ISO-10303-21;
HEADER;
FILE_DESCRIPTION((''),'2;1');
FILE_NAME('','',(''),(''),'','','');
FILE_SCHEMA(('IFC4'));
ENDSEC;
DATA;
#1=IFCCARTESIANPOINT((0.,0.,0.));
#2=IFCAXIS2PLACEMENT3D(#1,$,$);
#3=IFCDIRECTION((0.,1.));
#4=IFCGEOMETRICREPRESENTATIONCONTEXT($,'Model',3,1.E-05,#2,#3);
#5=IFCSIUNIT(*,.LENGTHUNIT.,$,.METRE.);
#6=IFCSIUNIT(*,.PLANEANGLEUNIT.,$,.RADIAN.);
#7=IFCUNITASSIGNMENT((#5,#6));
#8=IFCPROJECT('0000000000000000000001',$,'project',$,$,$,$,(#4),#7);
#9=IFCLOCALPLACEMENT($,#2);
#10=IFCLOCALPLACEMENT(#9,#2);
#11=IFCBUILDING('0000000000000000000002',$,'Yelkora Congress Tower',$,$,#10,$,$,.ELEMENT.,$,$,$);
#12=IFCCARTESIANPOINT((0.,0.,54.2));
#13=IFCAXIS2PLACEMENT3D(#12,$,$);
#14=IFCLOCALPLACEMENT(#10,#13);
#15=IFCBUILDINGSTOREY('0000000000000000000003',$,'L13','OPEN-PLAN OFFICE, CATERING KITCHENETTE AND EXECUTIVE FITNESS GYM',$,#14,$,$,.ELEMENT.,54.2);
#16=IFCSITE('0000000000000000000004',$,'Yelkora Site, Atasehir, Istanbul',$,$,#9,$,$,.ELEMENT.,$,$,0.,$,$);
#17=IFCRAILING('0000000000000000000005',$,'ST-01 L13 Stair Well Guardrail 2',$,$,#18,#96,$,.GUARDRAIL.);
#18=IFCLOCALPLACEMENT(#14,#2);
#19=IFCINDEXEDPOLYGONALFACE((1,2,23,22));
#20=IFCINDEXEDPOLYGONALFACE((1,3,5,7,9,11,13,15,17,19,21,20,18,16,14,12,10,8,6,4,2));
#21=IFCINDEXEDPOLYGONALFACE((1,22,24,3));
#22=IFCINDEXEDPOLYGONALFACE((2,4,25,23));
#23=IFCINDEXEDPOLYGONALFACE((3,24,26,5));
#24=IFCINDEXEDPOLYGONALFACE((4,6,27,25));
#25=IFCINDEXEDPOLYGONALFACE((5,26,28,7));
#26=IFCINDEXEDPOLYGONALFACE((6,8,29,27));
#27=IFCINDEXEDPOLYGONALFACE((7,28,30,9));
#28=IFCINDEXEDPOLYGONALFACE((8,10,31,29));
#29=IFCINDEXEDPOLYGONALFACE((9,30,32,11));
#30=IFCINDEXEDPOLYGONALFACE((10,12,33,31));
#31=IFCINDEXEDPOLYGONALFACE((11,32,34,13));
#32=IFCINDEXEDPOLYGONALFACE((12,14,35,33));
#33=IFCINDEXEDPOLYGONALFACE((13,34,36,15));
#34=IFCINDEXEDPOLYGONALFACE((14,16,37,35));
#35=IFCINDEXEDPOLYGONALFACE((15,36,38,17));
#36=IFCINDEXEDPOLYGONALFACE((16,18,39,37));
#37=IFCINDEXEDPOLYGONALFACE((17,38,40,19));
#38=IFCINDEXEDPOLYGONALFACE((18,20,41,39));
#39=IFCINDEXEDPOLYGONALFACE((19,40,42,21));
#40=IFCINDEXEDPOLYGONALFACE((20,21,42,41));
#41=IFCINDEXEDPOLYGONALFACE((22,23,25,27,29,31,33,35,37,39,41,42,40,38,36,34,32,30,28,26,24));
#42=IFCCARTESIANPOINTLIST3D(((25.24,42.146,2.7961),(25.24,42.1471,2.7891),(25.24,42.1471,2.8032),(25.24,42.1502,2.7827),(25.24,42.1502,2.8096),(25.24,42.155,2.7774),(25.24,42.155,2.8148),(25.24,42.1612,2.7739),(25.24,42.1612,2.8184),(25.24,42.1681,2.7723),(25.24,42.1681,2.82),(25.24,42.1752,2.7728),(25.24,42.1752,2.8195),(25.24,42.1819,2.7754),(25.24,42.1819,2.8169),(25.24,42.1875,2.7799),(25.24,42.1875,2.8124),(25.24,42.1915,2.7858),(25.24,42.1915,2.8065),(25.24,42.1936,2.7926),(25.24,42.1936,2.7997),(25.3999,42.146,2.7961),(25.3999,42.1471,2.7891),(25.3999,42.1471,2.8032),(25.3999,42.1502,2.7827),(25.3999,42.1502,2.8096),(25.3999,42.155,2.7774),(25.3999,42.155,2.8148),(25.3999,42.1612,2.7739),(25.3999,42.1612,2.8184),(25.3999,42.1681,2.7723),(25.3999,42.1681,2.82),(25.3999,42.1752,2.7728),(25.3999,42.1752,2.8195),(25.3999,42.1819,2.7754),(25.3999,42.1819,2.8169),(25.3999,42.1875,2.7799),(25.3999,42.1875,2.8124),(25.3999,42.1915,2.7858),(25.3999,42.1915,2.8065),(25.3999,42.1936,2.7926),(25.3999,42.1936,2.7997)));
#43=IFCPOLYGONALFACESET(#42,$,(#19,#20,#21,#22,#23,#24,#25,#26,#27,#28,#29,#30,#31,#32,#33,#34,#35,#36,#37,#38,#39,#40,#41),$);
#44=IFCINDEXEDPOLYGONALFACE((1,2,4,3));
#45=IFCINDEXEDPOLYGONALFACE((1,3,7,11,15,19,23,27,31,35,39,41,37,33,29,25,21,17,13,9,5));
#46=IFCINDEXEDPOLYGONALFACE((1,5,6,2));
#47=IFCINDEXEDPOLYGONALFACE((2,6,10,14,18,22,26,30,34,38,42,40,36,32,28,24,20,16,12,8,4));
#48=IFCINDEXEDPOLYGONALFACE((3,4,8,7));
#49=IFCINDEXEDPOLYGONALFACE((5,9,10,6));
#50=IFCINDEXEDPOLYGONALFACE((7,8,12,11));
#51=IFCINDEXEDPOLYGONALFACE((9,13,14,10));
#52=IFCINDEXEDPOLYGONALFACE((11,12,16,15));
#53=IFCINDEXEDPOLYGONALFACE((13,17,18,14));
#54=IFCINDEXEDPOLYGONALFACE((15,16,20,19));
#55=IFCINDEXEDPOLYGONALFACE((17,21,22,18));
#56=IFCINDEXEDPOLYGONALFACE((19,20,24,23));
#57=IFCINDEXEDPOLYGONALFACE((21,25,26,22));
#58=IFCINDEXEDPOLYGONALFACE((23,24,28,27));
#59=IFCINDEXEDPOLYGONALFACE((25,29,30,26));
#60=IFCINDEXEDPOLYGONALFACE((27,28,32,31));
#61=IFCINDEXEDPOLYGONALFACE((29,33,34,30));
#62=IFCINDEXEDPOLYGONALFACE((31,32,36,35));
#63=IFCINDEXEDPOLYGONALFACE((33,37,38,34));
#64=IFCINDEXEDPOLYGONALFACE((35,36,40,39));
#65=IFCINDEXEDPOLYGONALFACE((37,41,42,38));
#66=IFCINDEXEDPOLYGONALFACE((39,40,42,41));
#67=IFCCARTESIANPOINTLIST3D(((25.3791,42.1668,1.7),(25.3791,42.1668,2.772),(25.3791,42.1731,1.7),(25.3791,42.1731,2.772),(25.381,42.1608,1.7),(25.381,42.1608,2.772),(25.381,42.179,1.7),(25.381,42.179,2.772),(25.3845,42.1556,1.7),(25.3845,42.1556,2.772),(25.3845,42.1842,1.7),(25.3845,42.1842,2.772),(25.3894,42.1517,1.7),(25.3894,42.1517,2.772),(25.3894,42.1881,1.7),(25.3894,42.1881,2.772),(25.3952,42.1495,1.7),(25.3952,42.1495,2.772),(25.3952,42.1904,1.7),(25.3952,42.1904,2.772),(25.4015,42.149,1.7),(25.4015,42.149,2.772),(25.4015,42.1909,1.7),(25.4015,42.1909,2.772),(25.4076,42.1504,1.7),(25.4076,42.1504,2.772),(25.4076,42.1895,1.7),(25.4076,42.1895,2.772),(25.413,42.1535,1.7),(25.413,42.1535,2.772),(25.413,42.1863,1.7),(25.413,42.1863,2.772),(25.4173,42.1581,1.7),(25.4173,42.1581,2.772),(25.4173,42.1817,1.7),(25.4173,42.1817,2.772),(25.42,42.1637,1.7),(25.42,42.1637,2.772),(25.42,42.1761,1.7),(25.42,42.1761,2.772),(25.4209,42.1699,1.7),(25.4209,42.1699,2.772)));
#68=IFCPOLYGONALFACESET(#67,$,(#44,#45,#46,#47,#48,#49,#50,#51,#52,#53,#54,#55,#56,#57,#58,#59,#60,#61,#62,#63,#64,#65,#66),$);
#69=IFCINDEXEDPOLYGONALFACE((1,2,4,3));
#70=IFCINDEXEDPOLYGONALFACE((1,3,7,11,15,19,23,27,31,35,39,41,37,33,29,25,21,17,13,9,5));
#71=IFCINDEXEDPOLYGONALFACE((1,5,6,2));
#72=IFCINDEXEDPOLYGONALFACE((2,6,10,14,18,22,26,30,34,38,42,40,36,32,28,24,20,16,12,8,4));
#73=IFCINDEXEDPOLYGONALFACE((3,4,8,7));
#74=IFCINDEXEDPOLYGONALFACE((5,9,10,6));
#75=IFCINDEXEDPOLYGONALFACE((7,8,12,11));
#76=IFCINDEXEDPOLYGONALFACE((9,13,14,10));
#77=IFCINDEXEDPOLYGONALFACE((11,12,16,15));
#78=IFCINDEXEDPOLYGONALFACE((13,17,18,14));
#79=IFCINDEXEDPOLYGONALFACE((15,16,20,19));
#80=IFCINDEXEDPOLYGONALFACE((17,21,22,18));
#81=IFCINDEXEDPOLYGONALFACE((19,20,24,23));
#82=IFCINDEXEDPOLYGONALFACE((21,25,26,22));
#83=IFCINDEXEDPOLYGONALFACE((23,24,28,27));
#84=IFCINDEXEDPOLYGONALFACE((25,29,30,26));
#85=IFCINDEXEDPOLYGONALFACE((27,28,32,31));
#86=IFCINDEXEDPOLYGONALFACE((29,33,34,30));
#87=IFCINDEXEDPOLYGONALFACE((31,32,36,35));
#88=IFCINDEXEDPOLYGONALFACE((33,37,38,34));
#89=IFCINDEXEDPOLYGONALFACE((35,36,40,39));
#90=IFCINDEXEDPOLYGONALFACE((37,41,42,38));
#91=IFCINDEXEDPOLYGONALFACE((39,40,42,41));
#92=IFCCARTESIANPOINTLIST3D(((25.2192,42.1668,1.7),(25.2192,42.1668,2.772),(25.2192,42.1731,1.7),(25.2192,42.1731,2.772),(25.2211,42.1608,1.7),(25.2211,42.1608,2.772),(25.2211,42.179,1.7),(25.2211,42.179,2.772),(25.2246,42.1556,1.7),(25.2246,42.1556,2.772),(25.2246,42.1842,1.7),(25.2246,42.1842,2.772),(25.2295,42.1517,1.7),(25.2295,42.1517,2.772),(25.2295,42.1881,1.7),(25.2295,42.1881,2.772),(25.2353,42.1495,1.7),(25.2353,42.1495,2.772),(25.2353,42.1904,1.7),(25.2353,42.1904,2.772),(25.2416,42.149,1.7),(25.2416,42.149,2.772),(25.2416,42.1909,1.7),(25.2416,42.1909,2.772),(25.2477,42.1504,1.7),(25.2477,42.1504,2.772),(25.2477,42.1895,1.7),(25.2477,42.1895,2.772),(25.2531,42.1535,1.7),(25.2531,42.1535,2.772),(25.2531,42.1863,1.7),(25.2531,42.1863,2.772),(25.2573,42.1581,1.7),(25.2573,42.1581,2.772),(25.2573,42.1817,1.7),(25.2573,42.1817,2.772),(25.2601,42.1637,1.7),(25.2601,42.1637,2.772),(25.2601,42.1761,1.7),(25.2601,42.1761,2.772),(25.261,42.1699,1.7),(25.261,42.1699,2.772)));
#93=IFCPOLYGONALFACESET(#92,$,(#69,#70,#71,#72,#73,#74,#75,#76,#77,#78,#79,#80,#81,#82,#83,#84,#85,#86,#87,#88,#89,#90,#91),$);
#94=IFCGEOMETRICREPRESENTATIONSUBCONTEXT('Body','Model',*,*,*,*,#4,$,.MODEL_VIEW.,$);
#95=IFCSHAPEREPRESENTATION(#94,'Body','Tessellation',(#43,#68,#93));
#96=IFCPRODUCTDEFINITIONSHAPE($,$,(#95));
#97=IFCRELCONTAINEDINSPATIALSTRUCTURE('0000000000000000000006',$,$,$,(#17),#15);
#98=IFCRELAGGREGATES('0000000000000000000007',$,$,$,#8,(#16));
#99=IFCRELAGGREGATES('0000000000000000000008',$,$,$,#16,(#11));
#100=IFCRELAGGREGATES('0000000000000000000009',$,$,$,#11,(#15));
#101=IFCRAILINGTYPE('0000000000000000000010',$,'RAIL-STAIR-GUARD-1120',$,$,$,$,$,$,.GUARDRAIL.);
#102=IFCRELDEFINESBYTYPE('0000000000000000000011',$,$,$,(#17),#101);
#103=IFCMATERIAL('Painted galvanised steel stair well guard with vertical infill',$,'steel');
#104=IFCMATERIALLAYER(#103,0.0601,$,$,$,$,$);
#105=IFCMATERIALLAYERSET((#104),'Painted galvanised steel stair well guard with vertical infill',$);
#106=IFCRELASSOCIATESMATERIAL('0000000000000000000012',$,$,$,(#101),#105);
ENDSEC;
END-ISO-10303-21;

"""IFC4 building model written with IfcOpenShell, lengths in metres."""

from ifc_helpers import new_model, si_unit, direction, frame, origin, origin_2d, place, context, subcontext, project, spatial, circle, extrude, material, layer, layer_set, type_object, element, save


model = new_model("IFC4")

# Units and contexts
model_context = context("Model", 3, precision=1e-05, world=origin(), true_north=direction((0.0, 1.0)))
body_context = subcontext(model_context, "Body", "Model", "MODEL_VIEW")
ifc_project = project(units=[si_unit("LENGTHUNIT", "METRE"), si_unit("PLANEANGLEUNIT", "RADIAN")], contexts=[model_context])

# Site, building, storey
site_placement = place(None, origin())
site = spatial("IfcSite", under=ifc_project, at=site_placement, Name="Yelkora Site, Atasehir, Istanbul", CompositionType="ELEMENT", RefElevation=0.0)
building_placement = place(site_placement, origin())
building = spatial("IfcBuilding", under=site, at=building_placement, Name="Yelkora Congress Tower", CompositionType="ELEMENT")
storey_placement = place(building_placement, frame((0.0, 0.0, 54.2)))
storey = spatial("IfcBuildingStorey", under=building, at=storey_placement, Name="L13", Description="OPEN-PLAN OFFICE, CATERING KITCHENETTE AND EXECUTIVE FITNESS GYM", CompositionType="ELEMENT", Elevation=54.2)

# Railing
ifc_material_1 = material(Name="Painted galvanised steel stair well guard with vertical infill", Category="steel")
ifc_layer_1 = layer(ifc_material_1, 0.0601)
ifc_layer_set_1 = layer_set([ifc_layer_1], Name="Painted galvanised steel stair well guard with vertical infill")
railing_type_1 = type_object("IfcRailingType", Name="RAIL-STAIR-GUARD-1120", PredefinedType="GUARDRAIL", material=ifc_layer_set_1)
railing_1_placement = place(storey_placement, frame((25.3999, 42.1699, 1.7)))
element("IfcRailing", 1, at=railing_1_placement, inside=storey, type_object=railing_type_1, Name="ST-01 L13 Stair Well Guardrail 2", PredefinedType="GUARDRAIL", context=body_context, shape_type="SweptSolid", body=[
    extrude(circle(Radius=0.0239, at=origin_2d()), frame((0.0, 0.0, 1.0962), z_axis=(-1.0, 0.0, 0.0), x_axis=(0.0, -1.0, 0.0)), (0.0, 0.0, 1.0), 0.1599),
    extrude(circle(Radius=0.021, at=origin_2d()), origin(), (0.0, 0.0, 1.0), 1.072),
    extrude(circle(Radius=0.021, at=origin_2d()), frame((-0.1599, 0.0, 0.0)), (0.0, 0.0, 1.0), 1.072),
])

save(model, "model.ifc")
